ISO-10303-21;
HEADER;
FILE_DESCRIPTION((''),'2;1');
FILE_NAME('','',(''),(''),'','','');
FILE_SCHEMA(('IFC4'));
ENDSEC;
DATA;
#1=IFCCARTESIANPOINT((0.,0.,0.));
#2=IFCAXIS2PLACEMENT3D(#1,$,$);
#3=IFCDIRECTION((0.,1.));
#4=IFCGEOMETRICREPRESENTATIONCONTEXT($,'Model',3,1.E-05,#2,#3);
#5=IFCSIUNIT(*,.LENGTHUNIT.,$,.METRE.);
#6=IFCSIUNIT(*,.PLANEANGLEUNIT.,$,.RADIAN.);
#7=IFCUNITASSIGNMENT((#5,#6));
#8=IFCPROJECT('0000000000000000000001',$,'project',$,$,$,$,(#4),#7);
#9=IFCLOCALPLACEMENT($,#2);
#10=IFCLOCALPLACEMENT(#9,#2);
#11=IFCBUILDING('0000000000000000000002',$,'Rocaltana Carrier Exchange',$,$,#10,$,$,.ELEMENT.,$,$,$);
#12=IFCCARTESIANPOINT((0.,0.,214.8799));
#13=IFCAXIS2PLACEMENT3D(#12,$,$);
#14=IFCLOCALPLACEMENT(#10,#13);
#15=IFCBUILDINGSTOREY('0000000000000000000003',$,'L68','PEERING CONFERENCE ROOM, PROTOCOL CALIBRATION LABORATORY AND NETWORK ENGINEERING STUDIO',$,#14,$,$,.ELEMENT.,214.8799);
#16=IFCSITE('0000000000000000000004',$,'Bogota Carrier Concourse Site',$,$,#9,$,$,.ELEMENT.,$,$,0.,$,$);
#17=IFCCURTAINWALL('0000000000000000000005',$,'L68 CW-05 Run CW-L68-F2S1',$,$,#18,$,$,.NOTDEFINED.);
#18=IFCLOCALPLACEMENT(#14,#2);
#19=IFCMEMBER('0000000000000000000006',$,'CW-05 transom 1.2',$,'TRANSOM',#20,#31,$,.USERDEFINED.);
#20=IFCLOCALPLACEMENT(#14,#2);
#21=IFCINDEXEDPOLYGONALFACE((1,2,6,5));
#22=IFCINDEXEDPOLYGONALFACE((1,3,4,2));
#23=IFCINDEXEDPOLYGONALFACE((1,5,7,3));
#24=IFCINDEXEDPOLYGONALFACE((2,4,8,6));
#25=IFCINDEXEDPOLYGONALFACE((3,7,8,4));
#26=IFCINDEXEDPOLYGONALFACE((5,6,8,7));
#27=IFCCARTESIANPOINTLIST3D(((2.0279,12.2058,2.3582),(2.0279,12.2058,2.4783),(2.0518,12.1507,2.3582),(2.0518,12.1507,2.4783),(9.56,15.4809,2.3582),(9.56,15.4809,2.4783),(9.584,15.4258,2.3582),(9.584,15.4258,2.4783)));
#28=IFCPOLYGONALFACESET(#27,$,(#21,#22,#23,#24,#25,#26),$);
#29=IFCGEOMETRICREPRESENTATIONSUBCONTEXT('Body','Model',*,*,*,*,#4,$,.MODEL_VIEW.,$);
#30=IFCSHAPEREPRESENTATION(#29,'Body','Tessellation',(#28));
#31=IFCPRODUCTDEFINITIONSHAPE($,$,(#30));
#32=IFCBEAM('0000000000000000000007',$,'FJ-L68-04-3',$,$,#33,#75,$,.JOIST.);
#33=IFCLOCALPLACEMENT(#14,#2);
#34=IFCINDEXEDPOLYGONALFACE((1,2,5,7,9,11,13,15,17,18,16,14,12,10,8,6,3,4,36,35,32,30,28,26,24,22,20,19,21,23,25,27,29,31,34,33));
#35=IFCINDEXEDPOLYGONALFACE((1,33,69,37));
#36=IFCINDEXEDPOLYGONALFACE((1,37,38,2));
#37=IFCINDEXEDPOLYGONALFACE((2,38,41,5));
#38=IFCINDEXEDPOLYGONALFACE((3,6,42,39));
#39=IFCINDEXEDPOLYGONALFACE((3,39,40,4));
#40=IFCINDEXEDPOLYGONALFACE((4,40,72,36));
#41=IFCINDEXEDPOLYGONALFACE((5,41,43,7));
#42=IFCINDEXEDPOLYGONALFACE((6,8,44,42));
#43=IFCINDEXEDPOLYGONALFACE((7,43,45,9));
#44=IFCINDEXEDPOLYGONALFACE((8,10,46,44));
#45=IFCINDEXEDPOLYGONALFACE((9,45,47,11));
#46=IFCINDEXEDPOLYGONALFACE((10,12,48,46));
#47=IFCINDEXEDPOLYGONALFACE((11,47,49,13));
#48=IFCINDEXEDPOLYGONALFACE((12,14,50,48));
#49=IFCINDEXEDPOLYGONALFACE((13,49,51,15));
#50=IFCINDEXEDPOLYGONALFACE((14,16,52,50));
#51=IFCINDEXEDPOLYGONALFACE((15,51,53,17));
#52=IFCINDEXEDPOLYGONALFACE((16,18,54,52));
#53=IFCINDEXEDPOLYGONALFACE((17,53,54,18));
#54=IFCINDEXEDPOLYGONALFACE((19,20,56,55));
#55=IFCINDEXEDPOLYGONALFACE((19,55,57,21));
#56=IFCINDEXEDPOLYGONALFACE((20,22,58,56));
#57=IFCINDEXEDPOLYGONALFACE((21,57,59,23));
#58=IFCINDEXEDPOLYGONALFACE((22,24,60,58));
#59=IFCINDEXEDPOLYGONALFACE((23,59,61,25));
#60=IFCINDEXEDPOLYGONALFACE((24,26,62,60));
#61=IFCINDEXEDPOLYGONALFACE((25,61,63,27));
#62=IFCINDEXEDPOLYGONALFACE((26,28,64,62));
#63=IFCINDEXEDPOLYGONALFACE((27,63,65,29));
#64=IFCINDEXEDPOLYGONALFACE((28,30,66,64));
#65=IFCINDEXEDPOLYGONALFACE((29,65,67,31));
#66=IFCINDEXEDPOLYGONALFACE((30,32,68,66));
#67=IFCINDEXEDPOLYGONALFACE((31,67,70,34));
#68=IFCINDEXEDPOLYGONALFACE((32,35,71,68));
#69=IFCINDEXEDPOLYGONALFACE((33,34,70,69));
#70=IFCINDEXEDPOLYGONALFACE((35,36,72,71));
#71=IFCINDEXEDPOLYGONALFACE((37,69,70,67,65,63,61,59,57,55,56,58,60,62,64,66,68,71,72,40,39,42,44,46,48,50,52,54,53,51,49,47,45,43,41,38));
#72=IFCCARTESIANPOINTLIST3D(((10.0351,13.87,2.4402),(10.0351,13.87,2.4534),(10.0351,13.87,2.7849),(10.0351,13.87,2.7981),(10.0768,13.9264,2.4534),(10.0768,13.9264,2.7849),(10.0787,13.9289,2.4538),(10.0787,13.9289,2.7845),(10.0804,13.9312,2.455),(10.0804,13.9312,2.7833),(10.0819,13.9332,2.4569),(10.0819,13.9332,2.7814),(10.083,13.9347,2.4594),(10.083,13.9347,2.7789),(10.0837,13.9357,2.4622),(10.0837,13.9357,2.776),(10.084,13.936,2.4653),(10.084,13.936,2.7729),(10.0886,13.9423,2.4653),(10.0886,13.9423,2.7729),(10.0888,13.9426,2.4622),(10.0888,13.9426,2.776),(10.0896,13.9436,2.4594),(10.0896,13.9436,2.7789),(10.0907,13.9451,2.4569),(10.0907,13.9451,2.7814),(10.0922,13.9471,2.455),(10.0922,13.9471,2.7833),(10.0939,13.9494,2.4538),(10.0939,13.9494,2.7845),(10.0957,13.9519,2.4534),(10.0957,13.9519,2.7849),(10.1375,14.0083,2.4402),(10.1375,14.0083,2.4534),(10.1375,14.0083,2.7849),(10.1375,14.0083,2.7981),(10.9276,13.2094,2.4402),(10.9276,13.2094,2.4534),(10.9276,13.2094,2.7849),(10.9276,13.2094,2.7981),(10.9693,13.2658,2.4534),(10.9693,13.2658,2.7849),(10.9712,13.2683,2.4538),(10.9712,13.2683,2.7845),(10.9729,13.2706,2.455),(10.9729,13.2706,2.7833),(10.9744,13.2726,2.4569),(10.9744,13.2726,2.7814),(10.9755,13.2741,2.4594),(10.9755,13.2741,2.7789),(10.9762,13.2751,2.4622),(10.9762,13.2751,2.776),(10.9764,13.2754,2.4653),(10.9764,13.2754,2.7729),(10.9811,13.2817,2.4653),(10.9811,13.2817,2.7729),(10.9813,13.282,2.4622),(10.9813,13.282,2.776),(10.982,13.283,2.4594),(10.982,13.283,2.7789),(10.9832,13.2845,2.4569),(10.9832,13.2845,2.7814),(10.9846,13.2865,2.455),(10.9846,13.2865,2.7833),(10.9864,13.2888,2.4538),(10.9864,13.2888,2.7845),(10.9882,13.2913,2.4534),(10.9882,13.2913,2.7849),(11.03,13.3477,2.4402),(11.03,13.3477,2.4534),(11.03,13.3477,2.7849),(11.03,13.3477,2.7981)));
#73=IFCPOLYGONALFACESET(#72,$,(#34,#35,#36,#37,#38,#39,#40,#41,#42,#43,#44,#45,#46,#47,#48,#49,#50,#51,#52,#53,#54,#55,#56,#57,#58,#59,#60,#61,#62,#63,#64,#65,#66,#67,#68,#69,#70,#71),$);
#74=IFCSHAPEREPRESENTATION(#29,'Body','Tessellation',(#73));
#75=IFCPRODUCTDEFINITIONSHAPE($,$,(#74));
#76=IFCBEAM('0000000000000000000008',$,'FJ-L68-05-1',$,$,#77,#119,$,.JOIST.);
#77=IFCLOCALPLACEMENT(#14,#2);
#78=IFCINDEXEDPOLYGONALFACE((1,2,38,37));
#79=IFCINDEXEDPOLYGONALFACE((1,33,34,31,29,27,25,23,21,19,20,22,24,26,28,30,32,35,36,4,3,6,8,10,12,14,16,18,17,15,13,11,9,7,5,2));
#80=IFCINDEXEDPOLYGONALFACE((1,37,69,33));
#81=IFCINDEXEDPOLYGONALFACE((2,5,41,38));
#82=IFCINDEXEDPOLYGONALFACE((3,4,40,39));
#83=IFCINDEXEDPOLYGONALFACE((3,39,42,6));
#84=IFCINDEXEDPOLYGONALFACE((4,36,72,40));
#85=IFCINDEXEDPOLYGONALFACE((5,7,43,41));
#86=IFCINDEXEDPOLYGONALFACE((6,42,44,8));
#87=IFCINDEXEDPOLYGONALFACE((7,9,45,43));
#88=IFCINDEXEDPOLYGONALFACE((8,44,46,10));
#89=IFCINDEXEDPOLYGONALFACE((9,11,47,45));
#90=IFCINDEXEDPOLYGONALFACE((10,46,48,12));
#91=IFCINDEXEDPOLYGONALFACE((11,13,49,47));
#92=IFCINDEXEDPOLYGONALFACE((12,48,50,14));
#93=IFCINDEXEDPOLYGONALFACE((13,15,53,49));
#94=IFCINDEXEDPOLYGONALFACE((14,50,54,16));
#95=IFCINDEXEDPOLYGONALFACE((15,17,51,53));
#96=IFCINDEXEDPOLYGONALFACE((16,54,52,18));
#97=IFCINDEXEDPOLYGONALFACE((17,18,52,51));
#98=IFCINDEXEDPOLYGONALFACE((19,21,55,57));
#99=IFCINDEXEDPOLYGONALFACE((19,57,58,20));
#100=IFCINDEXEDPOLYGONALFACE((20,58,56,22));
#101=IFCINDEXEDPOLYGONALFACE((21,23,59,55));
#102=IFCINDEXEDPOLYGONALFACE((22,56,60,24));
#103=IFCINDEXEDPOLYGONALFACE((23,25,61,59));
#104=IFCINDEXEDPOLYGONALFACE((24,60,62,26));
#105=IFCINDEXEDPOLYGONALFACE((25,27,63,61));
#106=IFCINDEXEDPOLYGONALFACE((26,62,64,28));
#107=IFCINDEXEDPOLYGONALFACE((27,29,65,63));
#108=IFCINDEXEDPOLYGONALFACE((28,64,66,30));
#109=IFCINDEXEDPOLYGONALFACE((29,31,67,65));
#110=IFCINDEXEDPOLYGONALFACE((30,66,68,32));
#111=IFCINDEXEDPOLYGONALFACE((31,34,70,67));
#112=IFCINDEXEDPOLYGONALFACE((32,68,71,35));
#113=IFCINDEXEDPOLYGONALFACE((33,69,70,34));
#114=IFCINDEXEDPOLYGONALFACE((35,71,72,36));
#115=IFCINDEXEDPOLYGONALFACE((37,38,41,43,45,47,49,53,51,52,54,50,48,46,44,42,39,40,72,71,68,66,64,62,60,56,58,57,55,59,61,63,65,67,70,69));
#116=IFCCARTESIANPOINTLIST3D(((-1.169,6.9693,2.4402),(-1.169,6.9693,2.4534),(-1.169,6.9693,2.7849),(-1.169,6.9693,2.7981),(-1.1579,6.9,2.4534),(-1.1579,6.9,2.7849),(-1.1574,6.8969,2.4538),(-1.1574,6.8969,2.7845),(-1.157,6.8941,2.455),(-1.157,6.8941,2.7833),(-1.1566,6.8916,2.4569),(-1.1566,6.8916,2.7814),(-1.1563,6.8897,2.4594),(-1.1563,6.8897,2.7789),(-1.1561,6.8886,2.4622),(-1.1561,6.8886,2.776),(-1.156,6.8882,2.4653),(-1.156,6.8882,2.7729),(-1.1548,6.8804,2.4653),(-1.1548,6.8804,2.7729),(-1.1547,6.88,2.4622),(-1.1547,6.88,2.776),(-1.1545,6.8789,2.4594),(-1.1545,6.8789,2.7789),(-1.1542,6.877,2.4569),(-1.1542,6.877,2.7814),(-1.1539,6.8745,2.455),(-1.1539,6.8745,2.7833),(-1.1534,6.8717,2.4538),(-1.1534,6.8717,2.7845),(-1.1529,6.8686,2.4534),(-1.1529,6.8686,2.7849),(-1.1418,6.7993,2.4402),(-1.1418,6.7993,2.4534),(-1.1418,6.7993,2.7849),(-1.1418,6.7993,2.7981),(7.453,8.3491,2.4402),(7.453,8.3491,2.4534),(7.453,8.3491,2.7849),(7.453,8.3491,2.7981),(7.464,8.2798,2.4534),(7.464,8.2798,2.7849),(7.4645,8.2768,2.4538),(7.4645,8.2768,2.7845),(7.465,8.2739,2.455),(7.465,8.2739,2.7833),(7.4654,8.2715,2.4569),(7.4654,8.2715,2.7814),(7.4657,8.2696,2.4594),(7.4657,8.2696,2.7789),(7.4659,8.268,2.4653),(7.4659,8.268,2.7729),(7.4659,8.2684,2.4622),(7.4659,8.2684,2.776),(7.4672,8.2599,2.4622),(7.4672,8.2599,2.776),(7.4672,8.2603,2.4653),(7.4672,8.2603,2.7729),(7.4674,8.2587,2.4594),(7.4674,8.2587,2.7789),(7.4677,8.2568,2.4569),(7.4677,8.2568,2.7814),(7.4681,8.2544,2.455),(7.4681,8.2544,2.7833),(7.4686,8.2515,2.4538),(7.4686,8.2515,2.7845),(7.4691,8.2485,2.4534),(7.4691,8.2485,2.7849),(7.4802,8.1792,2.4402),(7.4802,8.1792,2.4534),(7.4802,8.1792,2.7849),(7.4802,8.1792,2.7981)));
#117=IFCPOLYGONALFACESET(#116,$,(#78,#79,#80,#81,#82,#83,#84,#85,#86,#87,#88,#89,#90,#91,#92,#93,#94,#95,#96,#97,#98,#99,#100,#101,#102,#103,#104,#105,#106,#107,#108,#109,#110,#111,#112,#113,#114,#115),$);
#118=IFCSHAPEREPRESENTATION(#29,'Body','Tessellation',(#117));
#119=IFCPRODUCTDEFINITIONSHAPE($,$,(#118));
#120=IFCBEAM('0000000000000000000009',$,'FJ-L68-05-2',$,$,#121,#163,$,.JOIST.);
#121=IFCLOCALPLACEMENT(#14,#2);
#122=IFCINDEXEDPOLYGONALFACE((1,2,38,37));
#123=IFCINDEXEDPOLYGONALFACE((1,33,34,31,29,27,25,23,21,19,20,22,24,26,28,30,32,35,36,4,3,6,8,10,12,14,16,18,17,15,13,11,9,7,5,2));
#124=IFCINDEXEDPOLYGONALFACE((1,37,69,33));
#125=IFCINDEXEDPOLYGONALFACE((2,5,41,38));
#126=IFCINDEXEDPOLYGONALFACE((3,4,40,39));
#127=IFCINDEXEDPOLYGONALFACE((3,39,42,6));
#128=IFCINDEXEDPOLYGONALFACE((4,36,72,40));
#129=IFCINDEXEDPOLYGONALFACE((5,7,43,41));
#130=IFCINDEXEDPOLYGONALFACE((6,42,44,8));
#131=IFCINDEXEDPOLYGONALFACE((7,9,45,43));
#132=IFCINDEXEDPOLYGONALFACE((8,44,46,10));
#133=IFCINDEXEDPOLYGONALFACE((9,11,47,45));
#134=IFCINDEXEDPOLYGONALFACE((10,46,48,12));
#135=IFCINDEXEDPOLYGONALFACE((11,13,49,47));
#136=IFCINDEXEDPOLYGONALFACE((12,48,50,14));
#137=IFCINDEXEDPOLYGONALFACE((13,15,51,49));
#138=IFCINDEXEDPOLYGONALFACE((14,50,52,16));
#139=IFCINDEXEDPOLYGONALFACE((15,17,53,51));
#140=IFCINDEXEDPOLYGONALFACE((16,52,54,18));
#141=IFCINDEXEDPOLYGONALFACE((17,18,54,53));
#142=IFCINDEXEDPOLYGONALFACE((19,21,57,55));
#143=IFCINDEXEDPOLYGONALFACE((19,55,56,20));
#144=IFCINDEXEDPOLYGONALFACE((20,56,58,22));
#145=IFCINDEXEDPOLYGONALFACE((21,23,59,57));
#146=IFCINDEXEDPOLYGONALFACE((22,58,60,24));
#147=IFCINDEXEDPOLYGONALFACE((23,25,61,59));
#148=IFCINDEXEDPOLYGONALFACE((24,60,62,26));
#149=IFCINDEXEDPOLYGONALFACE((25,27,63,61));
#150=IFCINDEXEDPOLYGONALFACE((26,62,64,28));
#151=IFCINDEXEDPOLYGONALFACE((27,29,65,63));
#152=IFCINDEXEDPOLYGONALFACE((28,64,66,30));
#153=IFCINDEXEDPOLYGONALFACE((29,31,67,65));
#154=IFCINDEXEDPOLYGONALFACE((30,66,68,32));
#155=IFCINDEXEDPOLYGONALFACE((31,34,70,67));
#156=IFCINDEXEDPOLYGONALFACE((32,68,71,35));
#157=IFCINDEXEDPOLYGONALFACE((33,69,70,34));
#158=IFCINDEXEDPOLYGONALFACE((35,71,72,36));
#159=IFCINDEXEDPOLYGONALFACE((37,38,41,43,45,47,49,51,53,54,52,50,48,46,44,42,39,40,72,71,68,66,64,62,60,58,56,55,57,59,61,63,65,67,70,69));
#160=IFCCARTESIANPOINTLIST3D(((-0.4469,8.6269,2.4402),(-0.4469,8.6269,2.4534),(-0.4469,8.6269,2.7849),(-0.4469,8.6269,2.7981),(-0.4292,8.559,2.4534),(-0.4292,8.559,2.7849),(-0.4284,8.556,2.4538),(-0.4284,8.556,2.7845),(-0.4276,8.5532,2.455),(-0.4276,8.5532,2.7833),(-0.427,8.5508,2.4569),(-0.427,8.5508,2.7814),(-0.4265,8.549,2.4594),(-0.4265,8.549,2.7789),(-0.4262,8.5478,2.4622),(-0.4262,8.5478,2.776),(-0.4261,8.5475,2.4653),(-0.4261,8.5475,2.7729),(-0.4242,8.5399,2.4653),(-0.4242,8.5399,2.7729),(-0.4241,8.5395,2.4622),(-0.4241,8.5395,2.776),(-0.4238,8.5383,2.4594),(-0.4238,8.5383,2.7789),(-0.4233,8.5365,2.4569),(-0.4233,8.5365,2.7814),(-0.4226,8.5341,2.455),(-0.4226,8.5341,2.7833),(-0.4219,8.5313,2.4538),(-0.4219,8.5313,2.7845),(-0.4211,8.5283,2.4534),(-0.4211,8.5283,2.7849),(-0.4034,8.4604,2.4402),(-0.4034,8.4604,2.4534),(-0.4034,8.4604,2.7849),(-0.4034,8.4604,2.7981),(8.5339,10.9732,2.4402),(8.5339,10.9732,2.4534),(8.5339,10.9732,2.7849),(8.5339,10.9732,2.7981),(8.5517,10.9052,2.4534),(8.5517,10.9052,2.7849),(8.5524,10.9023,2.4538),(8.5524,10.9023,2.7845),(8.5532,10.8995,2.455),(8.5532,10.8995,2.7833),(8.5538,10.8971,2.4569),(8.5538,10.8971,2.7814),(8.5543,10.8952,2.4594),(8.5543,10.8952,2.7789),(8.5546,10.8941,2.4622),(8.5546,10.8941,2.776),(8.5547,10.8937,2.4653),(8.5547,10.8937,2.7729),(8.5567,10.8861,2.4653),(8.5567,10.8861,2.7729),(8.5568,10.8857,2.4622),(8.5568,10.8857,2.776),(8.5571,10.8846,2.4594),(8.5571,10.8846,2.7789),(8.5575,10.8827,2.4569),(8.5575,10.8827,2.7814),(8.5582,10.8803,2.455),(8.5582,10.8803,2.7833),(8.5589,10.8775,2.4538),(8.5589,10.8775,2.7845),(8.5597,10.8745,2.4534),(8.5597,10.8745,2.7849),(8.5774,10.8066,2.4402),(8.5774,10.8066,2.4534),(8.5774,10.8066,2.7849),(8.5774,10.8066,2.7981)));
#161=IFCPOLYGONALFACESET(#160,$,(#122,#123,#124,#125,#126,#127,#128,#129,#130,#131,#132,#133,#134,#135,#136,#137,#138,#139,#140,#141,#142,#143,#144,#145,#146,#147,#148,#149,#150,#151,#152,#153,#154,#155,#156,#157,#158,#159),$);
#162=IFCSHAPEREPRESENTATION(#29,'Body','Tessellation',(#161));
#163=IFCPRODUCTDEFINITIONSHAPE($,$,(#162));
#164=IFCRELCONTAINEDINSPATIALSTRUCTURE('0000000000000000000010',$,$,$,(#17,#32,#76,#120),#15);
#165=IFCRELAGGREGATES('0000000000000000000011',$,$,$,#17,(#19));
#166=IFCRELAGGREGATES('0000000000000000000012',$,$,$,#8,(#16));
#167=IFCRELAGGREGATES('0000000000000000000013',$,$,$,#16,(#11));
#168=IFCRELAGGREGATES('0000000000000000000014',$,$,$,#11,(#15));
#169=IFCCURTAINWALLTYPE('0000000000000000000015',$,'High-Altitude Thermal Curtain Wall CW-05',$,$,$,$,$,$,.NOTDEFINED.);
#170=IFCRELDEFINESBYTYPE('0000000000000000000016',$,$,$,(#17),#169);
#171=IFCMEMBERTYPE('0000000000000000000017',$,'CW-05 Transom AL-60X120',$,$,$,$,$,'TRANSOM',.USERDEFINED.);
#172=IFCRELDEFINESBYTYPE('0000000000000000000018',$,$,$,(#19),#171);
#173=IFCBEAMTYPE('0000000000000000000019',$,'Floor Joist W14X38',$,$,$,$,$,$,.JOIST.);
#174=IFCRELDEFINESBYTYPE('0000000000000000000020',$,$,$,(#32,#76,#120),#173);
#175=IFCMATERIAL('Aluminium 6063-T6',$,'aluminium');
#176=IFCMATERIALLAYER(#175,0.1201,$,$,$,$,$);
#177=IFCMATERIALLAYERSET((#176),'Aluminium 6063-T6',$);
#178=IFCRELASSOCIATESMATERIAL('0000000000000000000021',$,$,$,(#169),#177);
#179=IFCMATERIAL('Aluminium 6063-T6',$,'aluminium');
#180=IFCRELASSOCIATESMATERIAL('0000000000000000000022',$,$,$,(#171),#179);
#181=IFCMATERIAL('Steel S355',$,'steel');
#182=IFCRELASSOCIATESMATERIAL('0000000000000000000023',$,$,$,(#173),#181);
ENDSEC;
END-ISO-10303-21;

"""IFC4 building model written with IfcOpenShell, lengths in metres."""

from ifc_helpers import new_model, si_unit, direction, frame, origin, origin_2d, place, context, subcontext, project, spatial, rectangle, i_section, extrude, material, layer, layer_set, material_profile, profile_set, type_object, element, aggregate, save


model = new_model("IFC4")

# Units and contexts
model_context = context("Model", 3, precision=1e-05, world=origin(), true_north=direction((0.0, 1.0)))
body_context = subcontext(model_context, "Body", "Model", "MODEL_VIEW")
ifc_project = project(units=[si_unit("LENGTHUNIT", "METRE"), si_unit("PLANEANGLEUNIT", "RADIAN")], contexts=[model_context])

# Site, building, storey
site_placement = place(None, origin())
site = spatial("IfcSite", under=ifc_project, at=site_placement, Name="Bogota Carrier Concourse Site", CompositionType="ELEMENT", RefElevation=0.0)
building_placement = place(site_placement, origin())
building = spatial("IfcBuilding", under=site, at=building_placement, Name="Rocaltana Carrier Exchange", CompositionType="ELEMENT")
storey_placement = place(building_placement, frame((0.0, 0.0, 214.8799)))
storey = spatial("IfcBuildingStorey", under=building, at=storey_placement, Name="L68", Description="PEERING CONFERENCE ROOM, PROTOCOL CALIBRATION LABORATORY AND NETWORK ENGINEERING STUDIO", CompositionType="ELEMENT", Elevation=214.8799)

# Shared definitions
ifc_material_1 = material(Name="Aluminium 6063-T6", Category="aluminium")
ifc_layer_1 = layer(ifc_material_1, 0.1201)
ifc_layer_set_1 = layer_set([ifc_layer_1], Name="Aluminium 6063-T6")
curtain_wall_type = type_object("IfcCurtainWallType", Name="High-Altitude Thermal Curtain Wall CW-05", PredefinedType="NOTDEFINED", material=ifc_layer_set_1)

# Curtain wall, member
curtain_wall_1_placement = place(storey_placement, origin())
curtain_wall_1 = element("IfcCurtainWall", 1, at=curtain_wall_1_placement, inside=storey, type_object=curtain_wall_type, Name="L68 CW-05 Run CW-L68-F2S1", PredefinedType="NOTDEFINED")
ifc_material_2 = material(Name="Aluminium 6063-T6", Category="aluminium")
ifc_material_profile_1 = material_profile(ifc_material_2, rectangle(XDim=0.0601, YDim=0.1201, at=origin_2d()), Name="AL-60X120")
ifc_profile_set_1 = profile_set([ifc_material_profile_1], Name="Aluminium 6063-T6")
member_type_1 = type_object("IfcMemberType", Name="CW-05 Transom AL-60X120", ElementType="TRANSOM", PredefinedType="USERDEFINED", material=ifc_profile_set_1)
member_1_placement = place(storey_placement, frame((9.572, 15.4534, 2.4182), z_axis=(-0.917058, -0.398753, 0.0), x_axis=(0.398753, -0.917058, 0.0)))
member_1 = element("IfcMember", 2, at=member_1_placement, type_object=member_type_1, Name="CW-05 transom 1.2", ObjectType="TRANSOM", PredefinedType="USERDEFINED", context=body_context, shape_type="SweptSolid", body=[
    extrude(rectangle(XDim=0.0601, YDim=0.1201, at=origin_2d()), origin(), (0.0, 0.0, 1.0), 8.2134),
])

# Beams
ifc_material_3 = material(Name="Steel S355", Category="steel")
ifc_material_profile_2 = material_profile(ifc_material_3, i_section(OverallWidth=0.1721, OverallDepth=0.3579, WebThickness=0.0078, FlangeThickness=0.0132, FilletRadius=0.012, at=origin_2d()), Name="W14X38")
ifc_profile_set_2 = profile_set([ifc_material_profile_2], Name="Steel S355")
beam_type_1 = type_object("IfcBeamType", Name="Floor Joist W14X38", PredefinedType="JOIST", material=ifc_profile_set_2)
beam_1_placement = place(storey_placement, frame((10.9788, 13.2786, 2.6191), z_axis=(-0.803783, 0.594923, 0.0), x_axis=(-0.594923, -0.803783, 0.0)))
element("IfcBeam", 3, at=beam_1_placement, inside=storey, type_object=beam_type_1, Name="FJ-L68-04-3", PredefinedType="JOIST", context=body_context, shape_type="SweptSolid", body=[
    extrude(i_section(OverallWidth=0.1721, OverallDepth=0.3579, WebThickness=0.0078, FlangeThickness=0.0132, FilletRadius=0.012, at=origin_2d()), origin(), (0.0, 0.0, 1.0), 1.1104),
])
beam_2_placement = place(storey_placement, frame((7.4666, 8.2642, 2.6191), z_axis=(-0.987434, -0.15803, 0.0), x_axis=(0.15803, -0.987434, 0.0)))
element("IfcBeam", 4, at=beam_2_placement, inside=storey, type_object=beam_type_1, Name="FJ-L68-05-1", PredefinedType="JOIST", context=body_context, shape_type="SweptSolid", body=[
    extrude(i_section(OverallWidth=0.1721, OverallDepth=0.3579, WebThickness=0.0078, FlangeThickness=0.0132, FilletRadius=0.012, at=origin_2d()), origin(), (0.0, 0.0, 1.0), 8.7317),
])
beam_3_placement = place(storey_placement, frame((8.5557, 10.8899, 2.6191), z_axis=(-0.967528, -0.252765, 0.0), x_axis=(0.252765, -0.967528, 0.0)))
element("IfcBeam", 5, at=beam_3_placement, inside=storey, type_object=beam_type_1, Name="FJ-L68-05-2", PredefinedType="JOIST", context=body_context, shape_type="SweptSolid", body=[
    extrude(i_section(OverallWidth=0.1721, OverallDepth=0.3579, WebThickness=0.0078, FlangeThickness=0.0132, FilletRadius=0.012, at=origin_2d()), origin(), (0.0, 0.0, 1.0), 9.2822),
])

aggregate(curtain_wall_1, [member_1])

save(model, "model.ifc")
